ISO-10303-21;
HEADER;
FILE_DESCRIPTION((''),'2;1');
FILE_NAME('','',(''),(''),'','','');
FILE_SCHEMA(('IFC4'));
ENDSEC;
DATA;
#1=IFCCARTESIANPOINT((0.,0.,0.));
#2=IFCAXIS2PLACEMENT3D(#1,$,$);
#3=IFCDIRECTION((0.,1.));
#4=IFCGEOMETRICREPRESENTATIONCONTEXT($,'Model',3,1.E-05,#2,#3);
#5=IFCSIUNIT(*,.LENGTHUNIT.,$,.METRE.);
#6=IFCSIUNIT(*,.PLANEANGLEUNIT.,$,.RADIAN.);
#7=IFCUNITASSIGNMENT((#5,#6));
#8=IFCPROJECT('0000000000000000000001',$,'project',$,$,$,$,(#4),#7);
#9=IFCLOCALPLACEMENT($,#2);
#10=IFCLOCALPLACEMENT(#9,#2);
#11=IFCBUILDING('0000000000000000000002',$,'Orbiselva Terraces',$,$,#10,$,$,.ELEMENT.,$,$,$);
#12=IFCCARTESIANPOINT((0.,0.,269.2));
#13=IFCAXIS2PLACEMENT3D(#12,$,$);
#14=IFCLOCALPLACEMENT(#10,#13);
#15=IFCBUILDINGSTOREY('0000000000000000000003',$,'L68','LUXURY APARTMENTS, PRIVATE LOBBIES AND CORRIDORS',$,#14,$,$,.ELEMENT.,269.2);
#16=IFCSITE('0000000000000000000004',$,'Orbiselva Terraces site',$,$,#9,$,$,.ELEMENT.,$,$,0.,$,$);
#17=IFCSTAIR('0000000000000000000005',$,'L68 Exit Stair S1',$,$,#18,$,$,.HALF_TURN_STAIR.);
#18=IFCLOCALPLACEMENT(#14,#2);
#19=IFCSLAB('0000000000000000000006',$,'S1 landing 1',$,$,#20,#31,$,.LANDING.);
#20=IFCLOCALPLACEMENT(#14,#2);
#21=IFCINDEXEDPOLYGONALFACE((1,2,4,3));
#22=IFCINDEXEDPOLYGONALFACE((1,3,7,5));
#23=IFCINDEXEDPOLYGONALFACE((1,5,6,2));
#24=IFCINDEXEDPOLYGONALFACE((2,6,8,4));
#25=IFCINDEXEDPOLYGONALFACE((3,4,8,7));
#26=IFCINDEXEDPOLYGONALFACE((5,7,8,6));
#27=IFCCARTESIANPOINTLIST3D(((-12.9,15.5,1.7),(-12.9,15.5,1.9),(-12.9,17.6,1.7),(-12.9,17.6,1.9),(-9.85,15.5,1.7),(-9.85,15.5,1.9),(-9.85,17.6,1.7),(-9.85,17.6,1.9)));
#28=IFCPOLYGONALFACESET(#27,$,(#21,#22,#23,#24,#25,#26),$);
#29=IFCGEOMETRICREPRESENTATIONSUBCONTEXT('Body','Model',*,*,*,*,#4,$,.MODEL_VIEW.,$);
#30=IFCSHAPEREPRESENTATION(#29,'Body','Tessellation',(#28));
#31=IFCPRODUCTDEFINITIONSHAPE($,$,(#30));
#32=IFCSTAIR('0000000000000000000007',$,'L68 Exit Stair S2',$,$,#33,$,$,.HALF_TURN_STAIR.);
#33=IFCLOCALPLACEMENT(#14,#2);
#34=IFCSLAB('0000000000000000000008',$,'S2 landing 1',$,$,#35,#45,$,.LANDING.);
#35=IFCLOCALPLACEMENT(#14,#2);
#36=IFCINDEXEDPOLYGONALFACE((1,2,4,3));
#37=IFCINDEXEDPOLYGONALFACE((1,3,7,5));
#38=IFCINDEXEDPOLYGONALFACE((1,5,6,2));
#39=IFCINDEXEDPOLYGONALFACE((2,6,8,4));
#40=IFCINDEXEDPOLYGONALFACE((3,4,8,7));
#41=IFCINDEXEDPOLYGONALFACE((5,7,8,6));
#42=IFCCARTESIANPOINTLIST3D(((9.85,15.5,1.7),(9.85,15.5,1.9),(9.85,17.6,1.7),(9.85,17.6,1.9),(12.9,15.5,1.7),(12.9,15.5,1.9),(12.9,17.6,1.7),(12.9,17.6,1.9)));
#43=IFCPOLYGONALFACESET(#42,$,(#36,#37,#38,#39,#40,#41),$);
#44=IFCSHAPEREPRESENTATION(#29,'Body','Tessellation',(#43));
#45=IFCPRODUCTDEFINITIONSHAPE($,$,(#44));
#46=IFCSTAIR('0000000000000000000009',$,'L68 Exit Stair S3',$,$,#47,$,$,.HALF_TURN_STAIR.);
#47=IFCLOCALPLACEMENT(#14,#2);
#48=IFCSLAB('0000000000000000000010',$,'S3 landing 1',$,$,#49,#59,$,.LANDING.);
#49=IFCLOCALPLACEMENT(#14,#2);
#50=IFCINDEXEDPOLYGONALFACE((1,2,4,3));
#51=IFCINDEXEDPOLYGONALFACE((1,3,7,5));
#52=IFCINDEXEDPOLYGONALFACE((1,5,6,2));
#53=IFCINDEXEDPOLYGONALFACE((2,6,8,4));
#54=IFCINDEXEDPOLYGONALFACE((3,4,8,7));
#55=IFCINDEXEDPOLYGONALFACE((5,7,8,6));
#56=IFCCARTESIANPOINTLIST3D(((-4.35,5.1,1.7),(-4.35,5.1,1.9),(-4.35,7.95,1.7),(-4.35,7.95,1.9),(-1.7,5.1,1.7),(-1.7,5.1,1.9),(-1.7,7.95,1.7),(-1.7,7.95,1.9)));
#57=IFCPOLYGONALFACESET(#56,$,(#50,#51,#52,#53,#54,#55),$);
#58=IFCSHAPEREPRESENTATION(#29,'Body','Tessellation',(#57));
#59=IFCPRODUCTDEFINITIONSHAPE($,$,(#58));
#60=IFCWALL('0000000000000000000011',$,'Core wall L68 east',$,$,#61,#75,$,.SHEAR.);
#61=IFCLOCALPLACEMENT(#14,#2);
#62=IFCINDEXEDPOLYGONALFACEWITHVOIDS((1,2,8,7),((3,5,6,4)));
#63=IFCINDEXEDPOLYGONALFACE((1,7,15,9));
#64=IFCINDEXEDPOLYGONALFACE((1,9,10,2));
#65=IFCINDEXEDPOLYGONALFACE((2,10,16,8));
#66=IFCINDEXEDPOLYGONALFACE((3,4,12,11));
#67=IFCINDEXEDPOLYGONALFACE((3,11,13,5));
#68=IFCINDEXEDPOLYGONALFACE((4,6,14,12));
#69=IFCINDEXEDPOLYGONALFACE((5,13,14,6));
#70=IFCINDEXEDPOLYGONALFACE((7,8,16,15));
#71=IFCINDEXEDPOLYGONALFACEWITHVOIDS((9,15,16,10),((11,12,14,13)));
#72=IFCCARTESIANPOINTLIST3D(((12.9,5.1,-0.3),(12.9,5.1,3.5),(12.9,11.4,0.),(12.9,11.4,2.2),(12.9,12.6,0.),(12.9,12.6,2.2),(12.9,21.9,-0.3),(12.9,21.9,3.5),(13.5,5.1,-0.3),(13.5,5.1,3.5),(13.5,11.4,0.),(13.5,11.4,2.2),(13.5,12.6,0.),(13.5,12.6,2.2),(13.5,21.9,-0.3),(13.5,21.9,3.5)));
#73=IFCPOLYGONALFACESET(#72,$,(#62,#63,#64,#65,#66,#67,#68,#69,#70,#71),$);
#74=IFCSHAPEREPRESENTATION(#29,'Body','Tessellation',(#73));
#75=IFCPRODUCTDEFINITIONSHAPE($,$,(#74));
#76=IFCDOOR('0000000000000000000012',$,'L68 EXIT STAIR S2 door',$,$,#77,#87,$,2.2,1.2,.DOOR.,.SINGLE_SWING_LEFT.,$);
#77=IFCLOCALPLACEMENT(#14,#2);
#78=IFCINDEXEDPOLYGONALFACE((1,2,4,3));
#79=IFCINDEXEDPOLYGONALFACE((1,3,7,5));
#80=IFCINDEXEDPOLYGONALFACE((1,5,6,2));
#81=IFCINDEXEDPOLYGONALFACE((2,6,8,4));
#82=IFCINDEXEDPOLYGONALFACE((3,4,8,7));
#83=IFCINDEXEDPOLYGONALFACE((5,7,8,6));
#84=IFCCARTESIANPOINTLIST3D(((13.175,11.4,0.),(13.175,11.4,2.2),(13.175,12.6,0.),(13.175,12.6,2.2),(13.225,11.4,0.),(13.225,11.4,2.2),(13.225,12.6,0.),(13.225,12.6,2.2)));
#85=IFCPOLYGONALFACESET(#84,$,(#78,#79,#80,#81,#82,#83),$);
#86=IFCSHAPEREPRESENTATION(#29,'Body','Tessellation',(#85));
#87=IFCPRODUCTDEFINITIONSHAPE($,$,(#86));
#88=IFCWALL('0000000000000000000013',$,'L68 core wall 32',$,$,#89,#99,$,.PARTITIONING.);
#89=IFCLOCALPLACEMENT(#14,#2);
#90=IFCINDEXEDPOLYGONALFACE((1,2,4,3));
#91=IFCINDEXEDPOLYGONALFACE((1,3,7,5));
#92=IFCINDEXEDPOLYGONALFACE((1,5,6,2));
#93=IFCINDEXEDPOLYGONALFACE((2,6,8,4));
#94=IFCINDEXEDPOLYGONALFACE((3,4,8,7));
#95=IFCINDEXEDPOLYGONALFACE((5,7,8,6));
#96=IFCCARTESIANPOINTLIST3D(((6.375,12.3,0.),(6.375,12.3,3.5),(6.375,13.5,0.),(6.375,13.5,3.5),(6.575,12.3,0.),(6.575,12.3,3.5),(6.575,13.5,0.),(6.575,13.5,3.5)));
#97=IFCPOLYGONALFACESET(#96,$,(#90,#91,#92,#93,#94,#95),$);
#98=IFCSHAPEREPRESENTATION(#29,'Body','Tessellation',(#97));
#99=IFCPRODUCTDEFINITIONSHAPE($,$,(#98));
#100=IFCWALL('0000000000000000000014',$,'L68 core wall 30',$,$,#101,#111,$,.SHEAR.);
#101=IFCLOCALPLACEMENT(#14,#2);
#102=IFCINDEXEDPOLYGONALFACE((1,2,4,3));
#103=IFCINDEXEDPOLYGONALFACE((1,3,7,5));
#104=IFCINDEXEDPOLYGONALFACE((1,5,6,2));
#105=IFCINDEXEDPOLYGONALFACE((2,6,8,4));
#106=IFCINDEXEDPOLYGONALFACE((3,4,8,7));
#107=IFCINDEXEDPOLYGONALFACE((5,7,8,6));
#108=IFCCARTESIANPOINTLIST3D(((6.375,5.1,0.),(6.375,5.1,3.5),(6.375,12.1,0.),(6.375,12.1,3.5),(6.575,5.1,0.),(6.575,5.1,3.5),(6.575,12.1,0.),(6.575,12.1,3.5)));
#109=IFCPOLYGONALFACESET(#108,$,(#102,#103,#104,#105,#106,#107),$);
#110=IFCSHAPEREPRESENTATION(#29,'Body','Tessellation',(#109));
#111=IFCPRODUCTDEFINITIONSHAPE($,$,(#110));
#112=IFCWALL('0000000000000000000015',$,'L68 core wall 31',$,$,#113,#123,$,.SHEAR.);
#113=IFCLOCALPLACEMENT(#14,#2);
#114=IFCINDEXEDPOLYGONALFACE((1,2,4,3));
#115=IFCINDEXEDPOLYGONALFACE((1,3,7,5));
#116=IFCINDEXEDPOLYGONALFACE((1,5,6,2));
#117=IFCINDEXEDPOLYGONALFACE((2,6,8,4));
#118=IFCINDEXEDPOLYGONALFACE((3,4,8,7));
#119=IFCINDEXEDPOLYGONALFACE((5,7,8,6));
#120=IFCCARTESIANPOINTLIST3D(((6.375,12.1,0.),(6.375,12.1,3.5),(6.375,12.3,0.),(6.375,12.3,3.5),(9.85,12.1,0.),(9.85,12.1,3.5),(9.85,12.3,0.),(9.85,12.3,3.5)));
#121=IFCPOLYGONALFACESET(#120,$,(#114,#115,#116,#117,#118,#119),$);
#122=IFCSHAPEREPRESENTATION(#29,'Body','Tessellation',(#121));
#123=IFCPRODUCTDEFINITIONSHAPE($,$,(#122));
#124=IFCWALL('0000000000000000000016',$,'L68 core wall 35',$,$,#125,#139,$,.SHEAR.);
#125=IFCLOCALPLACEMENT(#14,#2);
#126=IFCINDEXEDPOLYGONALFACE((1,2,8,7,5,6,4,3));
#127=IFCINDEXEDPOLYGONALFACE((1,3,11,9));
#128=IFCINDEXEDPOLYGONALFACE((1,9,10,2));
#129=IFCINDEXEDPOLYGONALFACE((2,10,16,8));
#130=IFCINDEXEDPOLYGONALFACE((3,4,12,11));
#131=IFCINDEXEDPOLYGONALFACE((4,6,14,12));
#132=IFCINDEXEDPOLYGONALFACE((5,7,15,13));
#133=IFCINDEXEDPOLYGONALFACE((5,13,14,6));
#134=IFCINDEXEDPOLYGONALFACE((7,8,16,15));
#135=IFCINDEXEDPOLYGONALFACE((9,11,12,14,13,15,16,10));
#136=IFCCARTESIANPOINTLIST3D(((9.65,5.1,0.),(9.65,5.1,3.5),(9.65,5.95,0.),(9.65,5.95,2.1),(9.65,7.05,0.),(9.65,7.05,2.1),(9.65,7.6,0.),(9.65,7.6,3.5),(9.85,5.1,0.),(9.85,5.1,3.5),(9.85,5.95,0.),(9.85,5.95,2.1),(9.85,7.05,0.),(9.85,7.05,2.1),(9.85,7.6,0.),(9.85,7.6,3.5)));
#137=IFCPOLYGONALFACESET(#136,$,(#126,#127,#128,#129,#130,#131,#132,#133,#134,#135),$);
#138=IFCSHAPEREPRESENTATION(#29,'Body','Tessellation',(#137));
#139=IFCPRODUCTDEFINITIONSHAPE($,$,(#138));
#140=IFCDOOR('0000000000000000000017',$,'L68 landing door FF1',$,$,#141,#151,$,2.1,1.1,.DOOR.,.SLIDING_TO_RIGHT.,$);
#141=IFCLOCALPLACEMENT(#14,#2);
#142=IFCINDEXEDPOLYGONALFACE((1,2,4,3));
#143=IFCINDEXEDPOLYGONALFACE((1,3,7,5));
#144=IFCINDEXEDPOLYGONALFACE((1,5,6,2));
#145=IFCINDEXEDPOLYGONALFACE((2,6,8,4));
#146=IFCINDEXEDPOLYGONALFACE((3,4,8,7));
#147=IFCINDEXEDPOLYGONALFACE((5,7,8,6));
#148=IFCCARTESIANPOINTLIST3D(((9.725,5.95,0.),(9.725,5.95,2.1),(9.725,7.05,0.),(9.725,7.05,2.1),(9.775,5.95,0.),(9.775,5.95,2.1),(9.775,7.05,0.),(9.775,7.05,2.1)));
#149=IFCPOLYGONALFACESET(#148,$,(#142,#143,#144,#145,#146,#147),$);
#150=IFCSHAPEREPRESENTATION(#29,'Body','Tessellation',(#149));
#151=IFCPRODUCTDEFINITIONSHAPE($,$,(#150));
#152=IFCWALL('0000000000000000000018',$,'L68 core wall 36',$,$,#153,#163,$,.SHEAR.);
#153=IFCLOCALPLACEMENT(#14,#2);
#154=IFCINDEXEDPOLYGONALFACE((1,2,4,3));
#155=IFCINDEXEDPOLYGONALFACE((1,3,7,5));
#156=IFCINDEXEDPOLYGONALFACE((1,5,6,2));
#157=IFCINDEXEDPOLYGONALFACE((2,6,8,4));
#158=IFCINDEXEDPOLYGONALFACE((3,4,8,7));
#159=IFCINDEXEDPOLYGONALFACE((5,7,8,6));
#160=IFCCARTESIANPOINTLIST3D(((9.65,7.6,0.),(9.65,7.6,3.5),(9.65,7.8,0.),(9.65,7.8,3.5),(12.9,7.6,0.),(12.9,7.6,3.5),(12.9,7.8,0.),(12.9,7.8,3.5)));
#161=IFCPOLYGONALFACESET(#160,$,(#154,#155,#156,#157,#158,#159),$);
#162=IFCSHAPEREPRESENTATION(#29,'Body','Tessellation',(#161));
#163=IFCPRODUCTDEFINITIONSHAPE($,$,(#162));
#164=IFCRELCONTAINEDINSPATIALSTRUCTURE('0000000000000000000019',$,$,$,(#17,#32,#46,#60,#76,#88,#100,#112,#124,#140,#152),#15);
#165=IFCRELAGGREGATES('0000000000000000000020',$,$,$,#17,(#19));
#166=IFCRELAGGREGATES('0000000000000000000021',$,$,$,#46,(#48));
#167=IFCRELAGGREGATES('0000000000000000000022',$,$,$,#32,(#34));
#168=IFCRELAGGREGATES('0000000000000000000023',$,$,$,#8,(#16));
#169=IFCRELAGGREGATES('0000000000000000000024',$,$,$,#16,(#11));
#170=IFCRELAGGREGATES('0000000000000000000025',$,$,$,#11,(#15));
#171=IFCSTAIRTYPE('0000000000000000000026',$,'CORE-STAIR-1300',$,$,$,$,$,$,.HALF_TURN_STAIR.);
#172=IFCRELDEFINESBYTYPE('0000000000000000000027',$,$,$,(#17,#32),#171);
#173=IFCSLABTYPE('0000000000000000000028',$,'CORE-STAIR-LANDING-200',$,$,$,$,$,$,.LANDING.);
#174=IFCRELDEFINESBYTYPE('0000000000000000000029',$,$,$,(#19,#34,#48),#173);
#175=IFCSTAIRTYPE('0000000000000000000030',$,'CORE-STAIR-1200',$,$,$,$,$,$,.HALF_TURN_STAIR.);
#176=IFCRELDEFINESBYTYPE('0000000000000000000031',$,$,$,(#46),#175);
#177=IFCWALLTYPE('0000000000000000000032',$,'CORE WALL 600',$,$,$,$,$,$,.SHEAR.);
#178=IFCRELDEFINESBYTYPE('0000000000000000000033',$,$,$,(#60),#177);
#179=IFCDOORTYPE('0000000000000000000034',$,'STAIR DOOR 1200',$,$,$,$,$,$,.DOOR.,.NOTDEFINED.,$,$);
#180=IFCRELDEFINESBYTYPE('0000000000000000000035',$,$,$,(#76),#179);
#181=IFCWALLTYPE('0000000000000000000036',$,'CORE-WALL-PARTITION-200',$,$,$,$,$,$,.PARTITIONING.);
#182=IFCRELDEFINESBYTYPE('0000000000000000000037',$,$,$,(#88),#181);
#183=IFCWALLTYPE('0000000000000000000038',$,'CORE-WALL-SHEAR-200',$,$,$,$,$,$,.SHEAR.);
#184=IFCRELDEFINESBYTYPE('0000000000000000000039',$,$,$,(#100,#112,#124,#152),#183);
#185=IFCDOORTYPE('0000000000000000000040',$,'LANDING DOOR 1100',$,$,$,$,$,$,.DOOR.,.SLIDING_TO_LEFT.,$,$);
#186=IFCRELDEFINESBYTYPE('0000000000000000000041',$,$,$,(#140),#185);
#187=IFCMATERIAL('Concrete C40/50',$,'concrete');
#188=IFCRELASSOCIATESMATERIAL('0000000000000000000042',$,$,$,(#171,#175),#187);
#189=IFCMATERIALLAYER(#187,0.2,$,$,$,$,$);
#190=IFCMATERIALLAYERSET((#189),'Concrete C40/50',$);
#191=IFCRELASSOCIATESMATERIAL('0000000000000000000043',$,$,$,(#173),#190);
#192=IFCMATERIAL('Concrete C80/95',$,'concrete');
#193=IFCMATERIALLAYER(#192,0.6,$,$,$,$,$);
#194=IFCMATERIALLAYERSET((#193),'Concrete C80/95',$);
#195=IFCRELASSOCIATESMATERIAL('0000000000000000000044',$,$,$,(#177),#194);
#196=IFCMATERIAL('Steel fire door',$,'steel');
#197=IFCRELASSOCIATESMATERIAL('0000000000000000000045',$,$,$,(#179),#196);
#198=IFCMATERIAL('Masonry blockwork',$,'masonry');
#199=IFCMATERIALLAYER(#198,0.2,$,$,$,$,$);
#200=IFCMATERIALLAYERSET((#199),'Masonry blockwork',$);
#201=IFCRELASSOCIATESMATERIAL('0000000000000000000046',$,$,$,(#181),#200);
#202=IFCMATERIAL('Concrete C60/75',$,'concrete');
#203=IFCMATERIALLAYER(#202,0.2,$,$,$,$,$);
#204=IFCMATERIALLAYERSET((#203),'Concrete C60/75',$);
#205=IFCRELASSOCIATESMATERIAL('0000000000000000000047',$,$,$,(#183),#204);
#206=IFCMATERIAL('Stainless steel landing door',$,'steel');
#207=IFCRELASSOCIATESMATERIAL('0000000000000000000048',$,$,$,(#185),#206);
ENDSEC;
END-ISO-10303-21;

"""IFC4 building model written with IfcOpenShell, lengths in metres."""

from ifc_helpers import new_model, si_unit, direction, frame, frame_2d, origin, place, context, subcontext, project, spatial, polyline, rectangle, outline, extrude, material, layer, layer_set, type_object, element, fill, aggregate, save


model = new_model("IFC4")

# Units and contexts
model_context = context("Model", 3, precision=1e-05, world=origin(), true_north=direction((0.0, 1.0)))
body_context = subcontext(model_context, "Body", "Model", "MODEL_VIEW")
ifc_project = project(units=[si_unit("LENGTHUNIT", "METRE"), si_unit("PLANEANGLEUNIT", "RADIAN")], contexts=[model_context])

# Site, building, storey
site_placement = place(None, origin())
site = spatial("IfcSite", under=ifc_project, at=site_placement, Name="Orbiselva Terraces site", CompositionType="ELEMENT", RefElevation=0.0)
building_placement = place(site_placement, origin())
building = spatial("IfcBuilding", under=site, at=building_placement, Name="Orbiselva Terraces", CompositionType="ELEMENT")
storey_placement = place(building_placement, frame((0.0, 0.0, 269.2)))
storey = spatial("IfcBuildingStorey", under=building, at=storey_placement, Name="L68", Description="LUXURY APARTMENTS, PRIVATE LOBBIES AND CORRIDORS", CompositionType="ELEMENT", Elevation=269.2)

# Stairs, slabs
ifc_material_1 = material(Name="Concrete C40/50", Category="concrete")
stair_type_1 = type_object("IfcStairType", Name="CORE-STAIR-1300", PredefinedType="HALF_TURN_STAIR", material=ifc_material_1)
stair_1_placement = place(storey_placement, origin())
stair_1 = element("IfcStair", 1, at=stair_1_placement, inside=storey, type_object=stair_type_1, Name="L68 Exit Stair S1", PredefinedType="HALF_TURN_STAIR")
ifc_layer_1 = layer(ifc_material_1, 0.2)
ifc_layer_set_1 = layer_set([ifc_layer_1], Name="Concrete C40/50")
slab_type = type_object("IfcSlabType", Name="CORE-STAIR-LANDING-200", PredefinedType="LANDING", material=ifc_layer_set_1)
slab_1_placement = place(storey_placement, frame((0.0, 0.0, 1.7)))
slab_1 = element("IfcSlab", 2, at=slab_1_placement, type_object=slab_type, Name="S1 landing 1", PredefinedType="LANDING", context=body_context, shape_type="SweptSolid", body=[
    extrude(outline(polyline([(-9.85, 15.5), (-9.85, 17.6), (-12.9, 17.6), (-12.9, 15.5), (-9.85, 15.5)])), origin(), (0.0, 0.0, 1.0), 0.2),
])
aggregate(stair_1, [slab_1])
stair_2_placement = place(storey_placement, origin())
stair_2 = element("IfcStair", 3, at=stair_2_placement, inside=storey, type_object=stair_type_1, Name="L68 Exit Stair S2", PredefinedType="HALF_TURN_STAIR")
slab_2_placement = place(storey_placement, frame((0.0, 0.0, 1.7)))
slab_2 = element("IfcSlab", 4, at=slab_2_placement, type_object=slab_type, Name="S2 landing 1", PredefinedType="LANDING", context=body_context, shape_type="SweptSolid", body=[
    extrude(outline(polyline([(12.9, 15.5), (12.9, 17.6), (9.85, 17.6), (9.85, 15.5), (12.9, 15.5)])), origin(), (0.0, 0.0, 1.0), 0.2),
])
stair_type_2 = type_object("IfcStairType", Name="CORE-STAIR-1200", PredefinedType="HALF_TURN_STAIR", material=ifc_material_1)
stair_3_placement = place(storey_placement, origin())
stair_3 = element("IfcStair", 5, at=stair_3_placement, inside=storey, type_object=stair_type_2, Name="L68 Exit Stair S3", PredefinedType="HALF_TURN_STAIR")
slab_3_placement = place(storey_placement, frame((0.0, 0.0, 1.7)))
slab_3 = element("IfcSlab", 6, at=slab_3_placement, type_object=slab_type, Name="S3 landing 1", PredefinedType="LANDING", context=body_context, shape_type="SweptSolid", body=[
    extrude(outline(polyline([(-4.35, 5.1), (-1.7, 5.1), (-1.7, 7.95), (-4.35, 7.95), (-4.35, 5.1)])), origin(), (0.0, 0.0, 1.0), 0.2),
])
aggregate(stair_3, [slab_3])

# Wall, opening, door
ifc_material_2 = material(Name="Concrete C80/95", Category="concrete")
ifc_layer_2 = layer(ifc_material_2, 0.6)
ifc_layer_set_2 = layer_set([ifc_layer_2], Name="Concrete C80/95")
wall_type_1 = type_object("IfcWallType", Name="CORE WALL 600", PredefinedType="SHEAR", material=ifc_layer_set_2)
wall_1_placement = place(storey_placement, frame((13.2, 5.1, -0.3), z_axis=(0.0, 0.0, 1.0), x_axis=(0.0, 1.0, 0.0)))
wall_1 = element("IfcWall", 7, at=wall_1_placement, inside=storey, type_object=wall_type_1, Name="Core wall L68 east", PredefinedType="SHEAR", context=body_context, shape_type="SweptSolid", body=[
    extrude(rectangle(XDim=16.8, YDim=0.6, at=frame_2d((8.4, 0.0))), origin(), (0.0, 0.0, 1.0), 3.8),
])
opening_1_placement = place(wall_1_placement, frame((6.3, 0.0, 0.3)))
opening_1 = element("IfcOpeningElement", 8, at=opening_1_placement, cuts=wall_1, PredefinedType="OPENING", context=body_context, shape_type="SweptSolid", body=[
    extrude(rectangle(XDim=1.2, YDim=2.2, at=frame_2d((0.6, 1.1))), frame((0.0, 0.31, 0.0), z_axis=(0.0, -1.0, 0.0), x_axis=(1.0, 0.0, 0.0)), (0.0, 0.0, 1.0), 0.62),
])
ifc_material_3 = material(Name="Steel fire door", Category="steel")
door_type_1 = type_object("IfcDoorType", Name="STAIR DOOR 1200", OperationType="NOTDEFINED", PredefinedType="DOOR", material=ifc_material_3)
door_1_placement = place(opening_1_placement, frame((1.2, 0.0, 0.0), z_axis=(0.0, 0.0, 1.0), x_axis=(-1.0, 0.0, 0.0)))
door_1 = element("IfcDoor", 9, at=door_1_placement, inside=storey, type_object=door_type_1, Name="L68 EXIT STAIR S2 door", OperationType="SINGLE_SWING_LEFT", OverallHeight=2.2, OverallWidth=1.2, PredefinedType="DOOR", context=body_context, shape_type="SweptSolid", body=[
    extrude(rectangle(XDim=1.2, YDim=2.2, at=frame_2d((0.6, 1.1))), frame((0.0, 0.025, 0.0), z_axis=(0.0, -1.0, 0.0), x_axis=(1.0, 0.0, 0.0)), (0.0, 0.0, 1.0), 0.05),
])
fill(opening_1, door_1)

# Walls
ifc_material_4 = material(Name="Masonry blockwork", Category="masonry")
ifc_layer_3 = layer(ifc_material_4, 0.2)
ifc_layer_set_3 = layer_set([ifc_layer_3], Name="Masonry blockwork")
wall_type_2 = type_object("IfcWallType", Name="CORE-WALL-PARTITION-200", PredefinedType="PARTITIONING", material=ifc_layer_set_3)
wall_2_placement = place(storey_placement, frame((6.475, 12.3, 0.0), z_axis=(0.0, 0.0, 1.0), x_axis=(0.0, 1.0, 0.0)))
element("IfcWall", 10, at=wall_2_placement, inside=storey, type_object=wall_type_2, Name="L68 core wall 32", PredefinedType="PARTITIONING", context=body_context, shape_type="SweptSolid", body=[
    extrude(rectangle(XDim=1.2, YDim=0.2, at=frame_2d((0.6, 0.0))), origin(), (0.0, 0.0, 1.0), 3.5),
])
ifc_material_5 = material(Name="Concrete C60/75", Category="concrete")
ifc_layer_4 = layer(ifc_material_5, 0.2)
ifc_layer_set_4 = layer_set([ifc_layer_4], Name="Concrete C60/75")
wall_type_3 = type_object("IfcWallType", Name="CORE-WALL-SHEAR-200", PredefinedType="SHEAR", material=ifc_layer_set_4)
wall_3_placement = place(storey_placement, frame((6.475, 5.1, 0.0), z_axis=(0.0, 0.0, 1.0), x_axis=(0.0, 1.0, 0.0)))
element("IfcWall", 11, at=wall_3_placement, inside=storey, type_object=wall_type_3, Name="L68 core wall 30", PredefinedType="SHEAR", context=body_context, shape_type="SweptSolid", body=[
    extrude(rectangle(XDim=7.0, YDim=0.2, at=frame_2d((3.5, 0.0))), origin(), (0.0, 0.0, 1.0), 3.5),
])
wall_4_placement = place(storey_placement, frame((6.375, 12.2, 0.0), z_axis=(0.0, 0.0, 1.0), x_axis=(1.0, 0.0, 0.0)))
element("IfcWall", 12, at=wall_4_placement, inside=storey, type_object=wall_type_3, Name="L68 core wall 31", PredefinedType="SHEAR", context=body_context, shape_type="SweptSolid", body=[
    extrude(rectangle(XDim=3.475, YDim=0.2, at=frame_2d((1.7375, 0.0))), origin(), (0.0, 0.0, 1.0), 3.5),
])

# Wall, opening, door
wall_5_placement = place(storey_placement, frame((9.75, 5.1, 0.0), z_axis=(0.0, 0.0, 1.0), x_axis=(0.0, 1.0, 0.0)))
wall_5 = element("IfcWall", 13, at=wall_5_placement, inside=storey, type_object=wall_type_3, Name="L68 core wall 35", PredefinedType="SHEAR", context=body_context, shape_type="SweptSolid", body=[
    extrude(rectangle(XDim=2.5, YDim=0.2, at=frame_2d((1.25, 0.0))), origin(), (0.0, 0.0, 1.0), 3.5),
])
opening_2_placement = place(wall_5_placement, frame((0.85, 0.0, 0.0)))
opening_2 = element("IfcOpeningElement", 14, at=opening_2_placement, cuts=wall_5, PredefinedType="OPENING", context=body_context, shape_type="SweptSolid", body=[
    extrude(rectangle(XDim=1.1, YDim=2.1, at=frame_2d((0.55, 1.05))), frame((0.0, 0.11, 0.0), z_axis=(0.0, -1.0, 0.0), x_axis=(1.0, 0.0, 0.0)), (0.0, 0.0, 1.0), 0.22),
])
ifc_material_6 = material(Name="Stainless steel landing door", Category="steel")
door_type_2 = type_object("IfcDoorType", Name="LANDING DOOR 1100", OperationType="SLIDING_TO_LEFT", PredefinedType="DOOR", material=ifc_material_6)
door_2_placement = place(opening_2_placement, origin())
door_2 = element("IfcDoor", 15, at=door_2_placement, inside=storey, type_object=door_type_2, Name="L68 landing door FF1", OperationType="SLIDING_TO_RIGHT", OverallHeight=2.1, OverallWidth=1.1, PredefinedType="DOOR", context=body_context, shape_type="SweptSolid", body=[
    extrude(rectangle(XDim=1.1, YDim=2.1, at=frame_2d((0.55, 1.05))), frame((0.0, 0.025, 0.0), z_axis=(0.0, -1.0, 0.0), x_axis=(1.0, 0.0, 0.0)), (0.0, 0.0, 1.0), 0.05),
])
fill(opening_2, door_2)

# Wall
wall_6_placement = place(storey_placement, frame((9.65, 7.7, 0.0), z_axis=(0.0, 0.0, 1.0), x_axis=(1.0, 0.0, 0.0)))
element("IfcWall", 16, at=wall_6_placement, inside=storey, type_object=wall_type_3, Name="L68 core wall 36", PredefinedType="SHEAR", context=body_context, shape_type="SweptSolid", body=[
    extrude(rectangle(XDim=3.25, YDim=0.2, at=frame_2d((1.625, 0.0))), origin(), (0.0, 0.0, 1.0), 3.5),
])

aggregate(stair_2, [slab_2])

save(model, "model.ifc")
